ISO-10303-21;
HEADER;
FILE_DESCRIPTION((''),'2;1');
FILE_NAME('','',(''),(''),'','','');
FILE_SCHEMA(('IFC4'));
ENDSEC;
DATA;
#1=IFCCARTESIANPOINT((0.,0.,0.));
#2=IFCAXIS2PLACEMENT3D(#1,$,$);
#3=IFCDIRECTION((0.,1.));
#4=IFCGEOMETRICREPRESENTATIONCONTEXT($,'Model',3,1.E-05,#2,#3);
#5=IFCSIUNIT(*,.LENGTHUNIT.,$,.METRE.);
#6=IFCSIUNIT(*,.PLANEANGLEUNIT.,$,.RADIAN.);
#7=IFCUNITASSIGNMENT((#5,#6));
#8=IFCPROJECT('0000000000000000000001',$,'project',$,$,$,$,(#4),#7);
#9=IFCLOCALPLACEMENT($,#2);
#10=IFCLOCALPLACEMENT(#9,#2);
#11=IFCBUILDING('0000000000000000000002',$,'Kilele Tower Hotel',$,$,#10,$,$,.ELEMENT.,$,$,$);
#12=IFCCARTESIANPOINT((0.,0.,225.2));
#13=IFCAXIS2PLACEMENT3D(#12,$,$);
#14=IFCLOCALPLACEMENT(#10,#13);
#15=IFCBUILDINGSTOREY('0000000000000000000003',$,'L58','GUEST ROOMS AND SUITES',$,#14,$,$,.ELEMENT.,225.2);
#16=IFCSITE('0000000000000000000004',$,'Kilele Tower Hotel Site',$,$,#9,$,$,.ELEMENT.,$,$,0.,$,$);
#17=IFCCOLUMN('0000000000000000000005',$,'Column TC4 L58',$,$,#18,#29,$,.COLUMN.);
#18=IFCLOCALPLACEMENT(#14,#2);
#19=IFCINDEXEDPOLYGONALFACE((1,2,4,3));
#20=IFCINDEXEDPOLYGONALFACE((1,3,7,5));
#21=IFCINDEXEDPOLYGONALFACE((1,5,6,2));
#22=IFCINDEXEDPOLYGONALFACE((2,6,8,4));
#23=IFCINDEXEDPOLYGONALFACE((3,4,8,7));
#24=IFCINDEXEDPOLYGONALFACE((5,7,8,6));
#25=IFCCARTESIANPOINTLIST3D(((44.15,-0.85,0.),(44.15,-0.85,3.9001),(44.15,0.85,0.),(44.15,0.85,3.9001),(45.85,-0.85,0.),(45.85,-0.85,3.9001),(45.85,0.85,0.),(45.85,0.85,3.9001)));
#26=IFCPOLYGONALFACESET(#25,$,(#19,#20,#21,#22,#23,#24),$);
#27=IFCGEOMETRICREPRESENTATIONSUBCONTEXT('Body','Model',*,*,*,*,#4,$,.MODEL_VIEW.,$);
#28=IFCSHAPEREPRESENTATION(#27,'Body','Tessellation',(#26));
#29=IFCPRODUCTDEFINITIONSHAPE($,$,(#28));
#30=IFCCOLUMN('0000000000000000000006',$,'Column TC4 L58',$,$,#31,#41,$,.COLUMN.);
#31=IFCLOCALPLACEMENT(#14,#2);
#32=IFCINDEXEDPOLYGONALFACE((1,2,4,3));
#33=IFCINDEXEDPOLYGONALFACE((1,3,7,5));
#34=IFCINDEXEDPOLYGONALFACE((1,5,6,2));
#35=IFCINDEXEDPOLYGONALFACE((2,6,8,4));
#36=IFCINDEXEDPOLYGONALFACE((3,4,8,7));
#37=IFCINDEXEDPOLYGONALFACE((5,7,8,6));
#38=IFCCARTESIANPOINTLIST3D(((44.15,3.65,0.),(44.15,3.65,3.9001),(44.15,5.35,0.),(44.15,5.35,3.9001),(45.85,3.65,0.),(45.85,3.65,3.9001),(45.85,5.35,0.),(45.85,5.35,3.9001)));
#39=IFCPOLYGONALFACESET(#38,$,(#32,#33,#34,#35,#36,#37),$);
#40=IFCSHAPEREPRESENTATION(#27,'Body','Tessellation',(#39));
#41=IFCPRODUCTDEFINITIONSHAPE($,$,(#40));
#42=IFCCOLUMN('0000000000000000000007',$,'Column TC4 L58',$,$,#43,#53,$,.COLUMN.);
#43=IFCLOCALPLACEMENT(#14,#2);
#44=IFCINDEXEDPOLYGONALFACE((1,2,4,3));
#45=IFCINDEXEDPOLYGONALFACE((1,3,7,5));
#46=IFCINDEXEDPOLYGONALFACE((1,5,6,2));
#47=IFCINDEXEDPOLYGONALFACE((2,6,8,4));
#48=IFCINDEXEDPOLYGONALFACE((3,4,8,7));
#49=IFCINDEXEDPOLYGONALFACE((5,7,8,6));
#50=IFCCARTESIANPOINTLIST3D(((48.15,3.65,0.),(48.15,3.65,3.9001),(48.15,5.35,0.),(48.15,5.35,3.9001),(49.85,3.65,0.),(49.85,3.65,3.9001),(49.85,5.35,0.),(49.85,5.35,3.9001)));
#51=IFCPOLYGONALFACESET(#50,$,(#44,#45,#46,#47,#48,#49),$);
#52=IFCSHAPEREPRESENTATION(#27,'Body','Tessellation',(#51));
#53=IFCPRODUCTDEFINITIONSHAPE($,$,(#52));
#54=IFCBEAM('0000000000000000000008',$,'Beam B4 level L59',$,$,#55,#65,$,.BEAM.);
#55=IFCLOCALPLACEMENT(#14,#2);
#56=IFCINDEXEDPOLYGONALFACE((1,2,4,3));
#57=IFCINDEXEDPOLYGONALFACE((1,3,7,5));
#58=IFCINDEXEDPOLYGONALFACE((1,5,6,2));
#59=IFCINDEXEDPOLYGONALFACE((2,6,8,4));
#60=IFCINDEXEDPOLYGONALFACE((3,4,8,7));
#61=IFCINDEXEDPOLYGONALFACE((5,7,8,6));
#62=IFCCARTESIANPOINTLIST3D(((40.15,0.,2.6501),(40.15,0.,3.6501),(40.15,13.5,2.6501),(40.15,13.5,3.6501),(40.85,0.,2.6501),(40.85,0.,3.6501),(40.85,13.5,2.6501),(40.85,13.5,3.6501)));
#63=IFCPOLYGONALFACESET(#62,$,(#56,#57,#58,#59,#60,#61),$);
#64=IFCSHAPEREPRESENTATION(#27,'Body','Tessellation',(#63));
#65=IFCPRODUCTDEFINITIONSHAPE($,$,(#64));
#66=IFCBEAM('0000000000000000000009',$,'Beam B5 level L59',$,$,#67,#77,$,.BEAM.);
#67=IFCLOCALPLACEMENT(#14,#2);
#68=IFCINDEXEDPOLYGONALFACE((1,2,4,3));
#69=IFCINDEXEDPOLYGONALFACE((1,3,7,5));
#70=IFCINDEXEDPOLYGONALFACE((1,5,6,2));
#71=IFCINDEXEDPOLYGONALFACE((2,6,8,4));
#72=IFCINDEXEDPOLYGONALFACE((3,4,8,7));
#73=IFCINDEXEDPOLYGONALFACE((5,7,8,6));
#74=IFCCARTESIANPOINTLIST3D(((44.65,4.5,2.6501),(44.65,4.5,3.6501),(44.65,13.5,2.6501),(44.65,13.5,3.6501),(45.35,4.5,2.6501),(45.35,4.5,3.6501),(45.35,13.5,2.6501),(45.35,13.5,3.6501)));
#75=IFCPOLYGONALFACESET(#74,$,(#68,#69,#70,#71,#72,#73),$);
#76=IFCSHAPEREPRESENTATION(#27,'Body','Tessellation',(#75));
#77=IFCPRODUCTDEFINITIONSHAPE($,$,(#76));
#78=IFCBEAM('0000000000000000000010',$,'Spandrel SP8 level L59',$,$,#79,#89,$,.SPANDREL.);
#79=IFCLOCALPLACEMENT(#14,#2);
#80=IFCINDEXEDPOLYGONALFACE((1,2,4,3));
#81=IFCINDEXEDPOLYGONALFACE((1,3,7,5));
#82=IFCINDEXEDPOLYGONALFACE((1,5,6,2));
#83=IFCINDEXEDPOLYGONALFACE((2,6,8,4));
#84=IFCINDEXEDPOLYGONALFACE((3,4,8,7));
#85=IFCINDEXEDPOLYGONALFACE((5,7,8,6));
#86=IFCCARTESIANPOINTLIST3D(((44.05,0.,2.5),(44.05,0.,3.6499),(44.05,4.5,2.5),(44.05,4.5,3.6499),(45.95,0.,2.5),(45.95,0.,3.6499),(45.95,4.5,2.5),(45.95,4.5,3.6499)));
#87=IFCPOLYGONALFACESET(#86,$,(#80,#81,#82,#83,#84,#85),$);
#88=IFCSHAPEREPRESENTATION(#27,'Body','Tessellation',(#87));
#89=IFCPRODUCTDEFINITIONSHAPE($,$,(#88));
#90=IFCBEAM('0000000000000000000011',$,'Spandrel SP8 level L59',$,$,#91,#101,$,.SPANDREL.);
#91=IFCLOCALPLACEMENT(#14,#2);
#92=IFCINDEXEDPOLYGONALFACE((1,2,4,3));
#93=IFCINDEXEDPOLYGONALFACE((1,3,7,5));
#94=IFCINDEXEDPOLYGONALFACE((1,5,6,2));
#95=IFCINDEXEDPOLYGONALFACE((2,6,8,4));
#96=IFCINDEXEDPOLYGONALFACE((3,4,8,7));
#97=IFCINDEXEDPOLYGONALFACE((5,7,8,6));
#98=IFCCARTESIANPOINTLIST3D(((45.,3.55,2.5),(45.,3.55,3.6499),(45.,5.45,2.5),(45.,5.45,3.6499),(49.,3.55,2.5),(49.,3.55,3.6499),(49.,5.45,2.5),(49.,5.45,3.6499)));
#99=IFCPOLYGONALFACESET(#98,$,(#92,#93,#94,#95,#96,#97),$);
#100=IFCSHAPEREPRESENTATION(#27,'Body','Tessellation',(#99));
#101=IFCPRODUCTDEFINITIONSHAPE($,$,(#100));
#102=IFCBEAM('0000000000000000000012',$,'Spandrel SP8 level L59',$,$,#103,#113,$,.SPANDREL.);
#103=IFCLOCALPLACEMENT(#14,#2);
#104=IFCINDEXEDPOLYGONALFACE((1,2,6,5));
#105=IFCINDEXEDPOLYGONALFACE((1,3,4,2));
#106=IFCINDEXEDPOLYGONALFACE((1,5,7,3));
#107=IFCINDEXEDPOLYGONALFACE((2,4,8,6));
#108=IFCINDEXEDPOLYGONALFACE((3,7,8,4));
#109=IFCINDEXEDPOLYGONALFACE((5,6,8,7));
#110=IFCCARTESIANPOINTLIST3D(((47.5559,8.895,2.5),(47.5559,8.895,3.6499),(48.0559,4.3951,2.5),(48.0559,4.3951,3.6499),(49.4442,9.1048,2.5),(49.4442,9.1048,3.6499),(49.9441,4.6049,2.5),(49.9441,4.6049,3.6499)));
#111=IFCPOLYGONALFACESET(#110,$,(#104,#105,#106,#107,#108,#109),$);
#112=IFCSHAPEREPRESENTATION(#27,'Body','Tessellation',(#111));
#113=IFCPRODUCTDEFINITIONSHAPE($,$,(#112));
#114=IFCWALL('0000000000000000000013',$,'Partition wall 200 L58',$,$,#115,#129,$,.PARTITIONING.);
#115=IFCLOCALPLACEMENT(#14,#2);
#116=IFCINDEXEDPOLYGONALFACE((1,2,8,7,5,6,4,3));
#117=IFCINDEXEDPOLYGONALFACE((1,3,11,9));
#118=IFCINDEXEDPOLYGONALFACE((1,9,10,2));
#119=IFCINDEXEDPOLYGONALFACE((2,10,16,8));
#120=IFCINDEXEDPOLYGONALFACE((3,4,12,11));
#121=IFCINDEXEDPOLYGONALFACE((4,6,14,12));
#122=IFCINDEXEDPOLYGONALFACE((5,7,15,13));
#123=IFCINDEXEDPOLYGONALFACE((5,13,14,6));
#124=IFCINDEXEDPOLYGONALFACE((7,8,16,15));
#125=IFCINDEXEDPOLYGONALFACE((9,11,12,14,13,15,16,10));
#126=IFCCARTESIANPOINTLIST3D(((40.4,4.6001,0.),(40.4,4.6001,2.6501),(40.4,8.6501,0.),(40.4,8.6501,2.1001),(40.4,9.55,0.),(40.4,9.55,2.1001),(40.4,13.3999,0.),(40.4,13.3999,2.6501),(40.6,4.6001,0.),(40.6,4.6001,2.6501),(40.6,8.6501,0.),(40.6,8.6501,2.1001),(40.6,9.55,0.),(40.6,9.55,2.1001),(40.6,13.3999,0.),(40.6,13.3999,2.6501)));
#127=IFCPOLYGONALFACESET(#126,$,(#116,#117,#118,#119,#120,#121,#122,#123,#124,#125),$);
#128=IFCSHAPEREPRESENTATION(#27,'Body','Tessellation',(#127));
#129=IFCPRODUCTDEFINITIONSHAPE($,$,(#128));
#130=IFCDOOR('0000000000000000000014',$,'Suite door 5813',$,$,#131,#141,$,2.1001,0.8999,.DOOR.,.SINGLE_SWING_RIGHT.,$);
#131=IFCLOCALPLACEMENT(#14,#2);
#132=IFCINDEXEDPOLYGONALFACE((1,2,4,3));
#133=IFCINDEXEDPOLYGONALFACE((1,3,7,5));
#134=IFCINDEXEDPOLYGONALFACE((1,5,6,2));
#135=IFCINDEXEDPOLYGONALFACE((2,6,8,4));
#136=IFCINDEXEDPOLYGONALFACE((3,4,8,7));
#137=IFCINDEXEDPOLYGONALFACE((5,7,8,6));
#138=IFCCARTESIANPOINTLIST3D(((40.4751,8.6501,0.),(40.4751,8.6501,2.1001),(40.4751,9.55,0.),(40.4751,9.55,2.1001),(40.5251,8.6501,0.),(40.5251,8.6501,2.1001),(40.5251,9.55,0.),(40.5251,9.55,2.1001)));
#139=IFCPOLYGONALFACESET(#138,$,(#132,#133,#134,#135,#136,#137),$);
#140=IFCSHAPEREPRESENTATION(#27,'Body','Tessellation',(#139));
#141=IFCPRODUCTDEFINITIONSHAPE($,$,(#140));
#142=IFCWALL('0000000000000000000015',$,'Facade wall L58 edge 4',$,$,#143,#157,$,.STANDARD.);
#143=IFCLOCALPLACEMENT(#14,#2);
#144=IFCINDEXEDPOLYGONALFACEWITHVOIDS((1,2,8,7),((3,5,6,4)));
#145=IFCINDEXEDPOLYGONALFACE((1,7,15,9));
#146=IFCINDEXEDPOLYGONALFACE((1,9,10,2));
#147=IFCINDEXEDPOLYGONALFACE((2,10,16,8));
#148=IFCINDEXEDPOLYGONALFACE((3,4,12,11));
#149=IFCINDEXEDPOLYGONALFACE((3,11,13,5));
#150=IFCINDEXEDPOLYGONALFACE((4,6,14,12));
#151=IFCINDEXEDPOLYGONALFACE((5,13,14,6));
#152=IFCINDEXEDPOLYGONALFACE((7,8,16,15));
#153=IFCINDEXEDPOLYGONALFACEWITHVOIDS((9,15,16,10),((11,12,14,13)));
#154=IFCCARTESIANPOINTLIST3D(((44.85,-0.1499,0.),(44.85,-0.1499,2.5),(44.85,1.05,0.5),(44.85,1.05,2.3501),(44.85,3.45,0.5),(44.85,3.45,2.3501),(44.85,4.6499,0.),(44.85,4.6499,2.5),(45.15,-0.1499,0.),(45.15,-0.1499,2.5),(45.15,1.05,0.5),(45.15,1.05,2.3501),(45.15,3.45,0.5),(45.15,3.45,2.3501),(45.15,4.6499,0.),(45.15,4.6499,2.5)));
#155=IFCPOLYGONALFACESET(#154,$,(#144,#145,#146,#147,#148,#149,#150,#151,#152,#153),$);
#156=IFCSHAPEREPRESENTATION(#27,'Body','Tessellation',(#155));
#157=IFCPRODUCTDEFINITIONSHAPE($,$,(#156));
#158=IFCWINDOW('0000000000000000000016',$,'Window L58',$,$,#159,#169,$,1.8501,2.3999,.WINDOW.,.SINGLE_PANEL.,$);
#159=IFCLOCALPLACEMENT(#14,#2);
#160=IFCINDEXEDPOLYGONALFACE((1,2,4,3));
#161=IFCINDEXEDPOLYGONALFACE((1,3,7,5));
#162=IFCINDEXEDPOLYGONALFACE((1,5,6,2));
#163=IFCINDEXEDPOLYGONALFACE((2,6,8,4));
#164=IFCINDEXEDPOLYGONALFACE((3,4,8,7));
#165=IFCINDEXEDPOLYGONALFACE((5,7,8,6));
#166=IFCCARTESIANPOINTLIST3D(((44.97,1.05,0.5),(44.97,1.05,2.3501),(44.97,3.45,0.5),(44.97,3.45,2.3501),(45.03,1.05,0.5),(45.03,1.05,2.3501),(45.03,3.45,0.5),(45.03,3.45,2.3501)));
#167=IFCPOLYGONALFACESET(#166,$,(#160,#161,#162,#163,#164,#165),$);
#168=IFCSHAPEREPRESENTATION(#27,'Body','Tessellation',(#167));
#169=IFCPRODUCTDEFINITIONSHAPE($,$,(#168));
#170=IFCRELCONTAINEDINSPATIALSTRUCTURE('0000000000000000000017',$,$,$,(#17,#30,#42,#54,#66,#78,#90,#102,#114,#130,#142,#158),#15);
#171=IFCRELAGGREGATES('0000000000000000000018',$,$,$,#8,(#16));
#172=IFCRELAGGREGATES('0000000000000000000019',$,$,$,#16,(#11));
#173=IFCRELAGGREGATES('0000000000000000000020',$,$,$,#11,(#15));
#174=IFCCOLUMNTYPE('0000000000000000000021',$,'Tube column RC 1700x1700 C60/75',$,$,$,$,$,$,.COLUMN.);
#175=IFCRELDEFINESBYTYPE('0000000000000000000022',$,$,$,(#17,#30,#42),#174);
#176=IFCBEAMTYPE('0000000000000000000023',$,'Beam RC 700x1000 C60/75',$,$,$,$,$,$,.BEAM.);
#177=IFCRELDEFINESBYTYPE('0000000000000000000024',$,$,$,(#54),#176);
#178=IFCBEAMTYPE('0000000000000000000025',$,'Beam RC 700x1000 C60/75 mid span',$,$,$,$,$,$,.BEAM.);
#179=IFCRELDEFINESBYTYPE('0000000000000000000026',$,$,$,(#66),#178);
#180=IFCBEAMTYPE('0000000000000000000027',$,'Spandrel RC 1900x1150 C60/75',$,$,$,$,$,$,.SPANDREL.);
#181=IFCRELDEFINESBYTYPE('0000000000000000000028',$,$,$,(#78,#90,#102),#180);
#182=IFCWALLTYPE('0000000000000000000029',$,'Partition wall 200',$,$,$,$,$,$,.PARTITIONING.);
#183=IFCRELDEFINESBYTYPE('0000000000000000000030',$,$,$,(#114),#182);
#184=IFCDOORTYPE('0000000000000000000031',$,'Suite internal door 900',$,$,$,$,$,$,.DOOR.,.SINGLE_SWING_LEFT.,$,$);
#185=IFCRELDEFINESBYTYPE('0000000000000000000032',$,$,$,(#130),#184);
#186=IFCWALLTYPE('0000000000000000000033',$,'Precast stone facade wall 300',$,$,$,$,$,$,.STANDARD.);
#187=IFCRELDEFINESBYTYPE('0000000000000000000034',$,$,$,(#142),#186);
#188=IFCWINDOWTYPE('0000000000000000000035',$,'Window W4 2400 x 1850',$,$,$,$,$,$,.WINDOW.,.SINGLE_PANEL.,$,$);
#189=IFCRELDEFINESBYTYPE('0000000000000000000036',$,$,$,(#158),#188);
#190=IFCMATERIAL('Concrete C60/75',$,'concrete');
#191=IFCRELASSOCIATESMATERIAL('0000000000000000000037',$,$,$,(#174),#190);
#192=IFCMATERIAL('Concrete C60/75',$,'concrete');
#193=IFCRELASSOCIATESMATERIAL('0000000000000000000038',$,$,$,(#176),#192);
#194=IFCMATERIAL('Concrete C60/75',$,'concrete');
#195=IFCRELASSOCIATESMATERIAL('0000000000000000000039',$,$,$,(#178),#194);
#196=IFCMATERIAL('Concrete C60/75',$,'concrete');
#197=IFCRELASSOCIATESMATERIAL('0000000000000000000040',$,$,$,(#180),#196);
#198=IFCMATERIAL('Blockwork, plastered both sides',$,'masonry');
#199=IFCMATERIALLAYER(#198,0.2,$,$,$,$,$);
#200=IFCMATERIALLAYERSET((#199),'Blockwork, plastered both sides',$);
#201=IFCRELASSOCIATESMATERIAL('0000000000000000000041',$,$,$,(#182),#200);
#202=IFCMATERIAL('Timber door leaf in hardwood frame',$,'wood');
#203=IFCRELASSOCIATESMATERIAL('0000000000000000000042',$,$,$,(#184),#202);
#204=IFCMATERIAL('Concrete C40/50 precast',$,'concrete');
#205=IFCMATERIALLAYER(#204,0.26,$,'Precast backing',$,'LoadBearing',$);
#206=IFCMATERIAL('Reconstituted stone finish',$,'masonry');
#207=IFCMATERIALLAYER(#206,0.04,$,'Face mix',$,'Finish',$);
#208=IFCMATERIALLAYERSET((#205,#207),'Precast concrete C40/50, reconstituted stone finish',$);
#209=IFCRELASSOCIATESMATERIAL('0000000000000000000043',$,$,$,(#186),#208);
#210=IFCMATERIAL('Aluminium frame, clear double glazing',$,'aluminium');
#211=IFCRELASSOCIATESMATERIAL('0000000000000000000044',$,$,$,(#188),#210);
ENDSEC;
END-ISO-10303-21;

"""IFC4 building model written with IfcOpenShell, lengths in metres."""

from ifc_helpers import new_model, si_unit, direction, frame, frame_2d, origin, origin_2d, place, context, subcontext, project, spatial, rectangle, extrude, material, layer, layer_set, material_profile, profile_set, type_object, element, fill, save


model = new_model("IFC4")

# Units and contexts
model_context = context("Model", 3, precision=1e-05, world=origin(), true_north=direction((0.0, 1.0)))
body_context = subcontext(model_context, "Body", "Model", "MODEL_VIEW")
ifc_project = project(units=[si_unit("LENGTHUNIT", "METRE"), si_unit("PLANEANGLEUNIT", "RADIAN")], contexts=[model_context])

# Site, building, storey
site_placement = place(None, origin())
site = spatial("IfcSite", under=ifc_project, at=site_placement, Name="Kilele Tower Hotel Site", CompositionType="ELEMENT", RefElevation=0.0)
building_placement = place(site_placement, origin())
building = spatial("IfcBuilding", under=site, at=building_placement, Name="Kilele Tower Hotel", CompositionType="ELEMENT")
storey_placement = place(building_placement, frame((0.0, 0.0, 225.2)))
storey = spatial("IfcBuildingStorey", under=building, at=storey_placement, Name="L58", Description="GUEST ROOMS AND SUITES", CompositionType="ELEMENT", Elevation=225.2)

# Columns
ifc_material_1 = material(Name="Concrete C60/75", Category="concrete")
ifc_material_profile_1 = material_profile(ifc_material_1, rectangle(XDim=1.7, YDim=1.7, at=origin_2d()))
ifc_profile_set_1 = profile_set([ifc_material_profile_1], Name="Concrete C60/75")
column_type = type_object("IfcColumnType", Name="Tube column RC 1700x1700 C60/75", PredefinedType="COLUMN", material=ifc_profile_set_1)
for number, where, z_axis, x_axis, name in (
    (1, (45.0, 0.0, 0.0), (0.0, 0.0, 1.0), (1.0, 0.0, 0.0), "Column TC4 L58"),
    (2, (45.0, 4.5, 0.0), (0.0, 0.0, 1.0), (1.0, 0.0, 0.0), "Column TC4 L58"),
    (3, (49.0, 4.5, 0.0), (0.0, 0.0, 1.0), (1.0, 0.0, 0.0), "Column TC4 L58"),
):
    element("IfcColumn", number, at=place(storey_placement, frame(where, z_axis=z_axis, x_axis=x_axis)), inside=storey, type_object=column_type, Name=name, PredefinedType="COLUMN", context=body_context, shape_type="SweptSolid", body=[
        extrude(rectangle(XDim=1.7, YDim=1.7, at=origin_2d()), origin(), (0.0, 0.0, 1.0), 3.9001),
    ])

# Beams
ifc_material_2 = material(Name="Concrete C60/75", Category="concrete")
ifc_material_profile_2 = material_profile(ifc_material_2, rectangle(XDim=0.7, YDim=1.0, at=origin_2d()))
ifc_profile_set_2 = profile_set([ifc_material_profile_2], Name="Concrete C60/75")
beam_type_1 = type_object("IfcBeamType", Name="Beam RC 700x1000 C60/75", PredefinedType="BEAM", material=ifc_profile_set_2)
beam_1_placement = place(storey_placement, frame((40.5, 0.0, 3.1501), z_axis=(0.0, 1.0, 0.0), x_axis=(-1.0, 0.0, 0.0)))
element("IfcBeam", 4, at=beam_1_placement, inside=storey, type_object=beam_type_1, Name="Beam B4 level L59", PredefinedType="BEAM", context=body_context, shape_type="SweptSolid", body=[
    extrude(rectangle(XDim=0.7, YDim=1.0, at=origin_2d()), origin(), (0.0, 0.0, 1.0), 13.5),
])
ifc_material_3 = material(Name="Concrete C60/75", Category="concrete")
ifc_material_profile_3 = material_profile(ifc_material_3, rectangle(XDim=0.7, YDim=1.0, at=origin_2d()))
ifc_profile_set_3 = profile_set([ifc_material_profile_3], Name="Concrete C60/75")
beam_type_2 = type_object("IfcBeamType", Name="Beam RC 700x1000 C60/75 mid span", PredefinedType="BEAM", material=ifc_profile_set_3)
beam_2_placement = place(storey_placement, frame((45.0, 4.5, 3.1501), z_axis=(0.0, 1.0, 0.0), x_axis=(-1.0, 0.0, 0.0)))
element("IfcBeam", 5, at=beam_2_placement, inside=storey, type_object=beam_type_2, Name="Beam B5 level L59", PredefinedType="BEAM", context=body_context, shape_type="SweptSolid", body=[
    extrude(rectangle(XDim=0.7, YDim=1.0, at=origin_2d()), origin(), (0.0, 0.0, 1.0), 9.0),
])
ifc_material_4 = material(Name="Concrete C60/75", Category="concrete")
ifc_material_profile_4 = material_profile(ifc_material_4, rectangle(XDim=1.8999, YDim=1.1499, at=origin_2d()))
ifc_profile_set_4 = profile_set([ifc_material_profile_4], Name="Concrete C60/75")
beam_type_3 = type_object("IfcBeamType", Name="Spandrel RC 1900x1150 C60/75", PredefinedType="SPANDREL", material=ifc_profile_set_4)
beam_3_placement = place(storey_placement, frame((45.0, 0.0, 3.075), z_axis=(0.0, 1.0, 0.0), x_axis=(-1.0, 0.0, 0.0)))
element("IfcBeam", 6, at=beam_3_placement, inside=storey, type_object=beam_type_3, Name="Spandrel SP8 level L59", PredefinedType="SPANDREL", context=body_context, shape_type="SweptSolid", body=[
    extrude(rectangle(XDim=1.8999, YDim=1.1499, at=origin_2d()), origin(), (0.0, 0.0, 1.0), 4.5),
])
beam_4_placement = place(storey_placement, frame((45.0, 4.5, 3.075), z_axis=(1.0, 0.0, 0.0), x_axis=(0.0, 1.0, 0.0)))
element("IfcBeam", 7, at=beam_4_placement, inside=storey, type_object=beam_type_3, Name="Spandrel SP8 level L59", PredefinedType="SPANDREL", context=body_context, shape_type="SweptSolid", body=[
    extrude(rectangle(XDim=1.8999, YDim=1.1499, at=origin_2d()), origin(), (0.0, 0.0, 1.0), 4.0),
])
beam_5_placement = place(storey_placement, frame((49.0, 4.5, 3.075), z_axis=(-0.110432, 0.993884, 0.0), x_axis=(-0.993884, -0.110432, 0.0)))
element("IfcBeam", 8, at=beam_5_placement, inside=storey, type_object=beam_type_3, Name="Spandrel SP8 level L59", PredefinedType="SPANDREL", context=body_context, shape_type="SweptSolid", body=[
    extrude(rectangle(XDim=1.8999, YDim=1.1499, at=origin_2d()), origin(), (0.0, 0.0, 1.0), 4.5276),
])

# Wall, opening, door
ifc_material_5 = material(Name="Blockwork, plastered both sides", Category="masonry")
ifc_layer_1 = layer(ifc_material_5, 0.2)
ifc_layer_set_1 = layer_set([ifc_layer_1], Name="Blockwork, plastered both sides")
wall_type_1 = type_object("IfcWallType", Name="Partition wall 200", PredefinedType="PARTITIONING", material=ifc_layer_set_1)
wall_1_placement = place(storey_placement, frame((40.5, 4.6001, 0.0), z_axis=(0.0, 0.0, 1.0), x_axis=(0.0, 1.0, 0.0)))
wall_1 = element("IfcWall", 9, at=wall_1_placement, inside=storey, type_object=wall_type_1, Name="Partition wall 200 L58", PredefinedType="PARTITIONING", context=body_context, shape_type="SweptSolid", body=[
    extrude(rectangle(XDim=8.7998, YDim=0.2, at=frame_2d((4.3999, 0.0))), origin(), (0.0, 0.0, 1.0), 2.6501),
])
opening_1_placement = place(wall_1_placement, frame((4.05, 0.0, 0.0)))
opening_1 = element("IfcOpeningElement", 10, at=opening_1_placement, cuts=wall_1, PredefinedType="OPENING", context=body_context, shape_type="SweptSolid", body=[
    extrude(rectangle(XDim=0.8999, YDim=2.1001, at=frame_2d((0.45, 1.05))), frame((0.0, 0.1099, 0.0), z_axis=(0.0, -1.0, 0.0), x_axis=(1.0, 0.0, 0.0)), (0.0, 0.0, 1.0), 0.22),
])
ifc_material_6 = material(Name="Timber door leaf in hardwood frame", Category="wood")
door_type = type_object("IfcDoorType", Name="Suite internal door 900", OperationType="SINGLE_SWING_LEFT", PredefinedType="DOOR", material=ifc_material_6)
door_placement = place(opening_1_placement, origin())
door = element("IfcDoor", 11, at=door_placement, inside=storey, type_object=door_type, Name="Suite door 5813", OperationType="SINGLE_SWING_RIGHT", OverallHeight=2.1001, OverallWidth=0.8999, PredefinedType="DOOR", context=body_context, shape_type="SweptSolid", body=[
    extrude(rectangle(XDim=0.8999, YDim=2.1001, at=frame_2d((0.45, 1.05))), frame((0.0, 0.0249, 0.0), z_axis=(0.0, -1.0, 0.0), x_axis=(1.0, 0.0, 0.0)), (0.0, 0.0, 1.0), 0.05),
])
fill(opening_1, door)

# Wall, opening, window
ifc_material_7 = material(Name="Concrete C40/50 precast", Category="concrete")
ifc_layer_2 = layer(ifc_material_7, 0.26, Name="Precast backing", Category="LoadBearing")
ifc_material_8 = material(Name="Reconstituted stone finish", Category="masonry")
ifc_layer_3 = layer(ifc_material_8, 0.04, Name="Face mix", Category="Finish")
ifc_layer_set_2 = layer_set([ifc_layer_2, ifc_layer_3], Name="Precast concrete C40/50, reconstituted stone finish")
wall_type_2 = type_object("IfcWallType", Name="Precast stone facade wall 300", PredefinedType="STANDARD", material=ifc_layer_set_2)
wall_2_placement = place(storey_placement, frame((45.0, -0.1499, 0.0), z_axis=(0.0, 0.0, 1.0), x_axis=(0.0, 1.0, 0.0)))
wall_2 = element("IfcWall", 12, at=wall_2_placement, inside=storey, type_object=wall_type_2, Name="Facade wall L58 edge 4", PredefinedType="STANDARD", context=body_context, shape_type="SweptSolid", body=[
    extrude(rectangle(XDim=4.7998, YDim=0.3, at=frame_2d((2.3999, 0.0))), origin(), (0.0, 0.0, 1.0), 2.5),
])
opening_2_placement = place(wall_2_placement, frame((1.2, 0.0, 0.5)))
opening_2 = element("IfcOpeningElement", 13, at=opening_2_placement, cuts=wall_2, PredefinedType="OPENING", context=body_context, shape_type="SweptSolid", body=[
    extrude(rectangle(XDim=2.3999, YDim=1.8501, at=frame_2d((1.2, 0.925))), frame((0.0, 0.1599, 0.0), z_axis=(0.0, -1.0, 0.0), x_axis=(1.0, 0.0, 0.0)), (0.0, 0.0, 1.0), 0.3201),
])
ifc_material_9 = material(Name="Aluminium frame, clear double glazing", Category="aluminium")
window_type_1 = type_object("IfcWindowType", Name="Window W4 2400 x 1850", PartitioningType="SINGLE_PANEL", PredefinedType="WINDOW", material=ifc_material_9)
window_1_placement = place(opening_2_placement, origin())
window_1 = element("IfcWindow", 14, at=window_1_placement, inside=storey, type_object=window_type_1, Name="Window L58", OverallHeight=1.8501, OverallWidth=2.3999, PartitioningType="SINGLE_PANEL", PredefinedType="WINDOW", context=body_context, shape_type="SweptSolid", body=[
    extrude(rectangle(XDim=2.3999, YDim=1.8501, at=frame_2d((1.2, 0.925))), frame((0.0, 0.03, 0.0), z_axis=(0.0, -1.0, 0.0), x_axis=(1.0, 0.0, 0.0)), (0.0, 0.0, 1.0), 0.0601),
])
fill(opening_2, window_1)

save(model, "model.ifc")
